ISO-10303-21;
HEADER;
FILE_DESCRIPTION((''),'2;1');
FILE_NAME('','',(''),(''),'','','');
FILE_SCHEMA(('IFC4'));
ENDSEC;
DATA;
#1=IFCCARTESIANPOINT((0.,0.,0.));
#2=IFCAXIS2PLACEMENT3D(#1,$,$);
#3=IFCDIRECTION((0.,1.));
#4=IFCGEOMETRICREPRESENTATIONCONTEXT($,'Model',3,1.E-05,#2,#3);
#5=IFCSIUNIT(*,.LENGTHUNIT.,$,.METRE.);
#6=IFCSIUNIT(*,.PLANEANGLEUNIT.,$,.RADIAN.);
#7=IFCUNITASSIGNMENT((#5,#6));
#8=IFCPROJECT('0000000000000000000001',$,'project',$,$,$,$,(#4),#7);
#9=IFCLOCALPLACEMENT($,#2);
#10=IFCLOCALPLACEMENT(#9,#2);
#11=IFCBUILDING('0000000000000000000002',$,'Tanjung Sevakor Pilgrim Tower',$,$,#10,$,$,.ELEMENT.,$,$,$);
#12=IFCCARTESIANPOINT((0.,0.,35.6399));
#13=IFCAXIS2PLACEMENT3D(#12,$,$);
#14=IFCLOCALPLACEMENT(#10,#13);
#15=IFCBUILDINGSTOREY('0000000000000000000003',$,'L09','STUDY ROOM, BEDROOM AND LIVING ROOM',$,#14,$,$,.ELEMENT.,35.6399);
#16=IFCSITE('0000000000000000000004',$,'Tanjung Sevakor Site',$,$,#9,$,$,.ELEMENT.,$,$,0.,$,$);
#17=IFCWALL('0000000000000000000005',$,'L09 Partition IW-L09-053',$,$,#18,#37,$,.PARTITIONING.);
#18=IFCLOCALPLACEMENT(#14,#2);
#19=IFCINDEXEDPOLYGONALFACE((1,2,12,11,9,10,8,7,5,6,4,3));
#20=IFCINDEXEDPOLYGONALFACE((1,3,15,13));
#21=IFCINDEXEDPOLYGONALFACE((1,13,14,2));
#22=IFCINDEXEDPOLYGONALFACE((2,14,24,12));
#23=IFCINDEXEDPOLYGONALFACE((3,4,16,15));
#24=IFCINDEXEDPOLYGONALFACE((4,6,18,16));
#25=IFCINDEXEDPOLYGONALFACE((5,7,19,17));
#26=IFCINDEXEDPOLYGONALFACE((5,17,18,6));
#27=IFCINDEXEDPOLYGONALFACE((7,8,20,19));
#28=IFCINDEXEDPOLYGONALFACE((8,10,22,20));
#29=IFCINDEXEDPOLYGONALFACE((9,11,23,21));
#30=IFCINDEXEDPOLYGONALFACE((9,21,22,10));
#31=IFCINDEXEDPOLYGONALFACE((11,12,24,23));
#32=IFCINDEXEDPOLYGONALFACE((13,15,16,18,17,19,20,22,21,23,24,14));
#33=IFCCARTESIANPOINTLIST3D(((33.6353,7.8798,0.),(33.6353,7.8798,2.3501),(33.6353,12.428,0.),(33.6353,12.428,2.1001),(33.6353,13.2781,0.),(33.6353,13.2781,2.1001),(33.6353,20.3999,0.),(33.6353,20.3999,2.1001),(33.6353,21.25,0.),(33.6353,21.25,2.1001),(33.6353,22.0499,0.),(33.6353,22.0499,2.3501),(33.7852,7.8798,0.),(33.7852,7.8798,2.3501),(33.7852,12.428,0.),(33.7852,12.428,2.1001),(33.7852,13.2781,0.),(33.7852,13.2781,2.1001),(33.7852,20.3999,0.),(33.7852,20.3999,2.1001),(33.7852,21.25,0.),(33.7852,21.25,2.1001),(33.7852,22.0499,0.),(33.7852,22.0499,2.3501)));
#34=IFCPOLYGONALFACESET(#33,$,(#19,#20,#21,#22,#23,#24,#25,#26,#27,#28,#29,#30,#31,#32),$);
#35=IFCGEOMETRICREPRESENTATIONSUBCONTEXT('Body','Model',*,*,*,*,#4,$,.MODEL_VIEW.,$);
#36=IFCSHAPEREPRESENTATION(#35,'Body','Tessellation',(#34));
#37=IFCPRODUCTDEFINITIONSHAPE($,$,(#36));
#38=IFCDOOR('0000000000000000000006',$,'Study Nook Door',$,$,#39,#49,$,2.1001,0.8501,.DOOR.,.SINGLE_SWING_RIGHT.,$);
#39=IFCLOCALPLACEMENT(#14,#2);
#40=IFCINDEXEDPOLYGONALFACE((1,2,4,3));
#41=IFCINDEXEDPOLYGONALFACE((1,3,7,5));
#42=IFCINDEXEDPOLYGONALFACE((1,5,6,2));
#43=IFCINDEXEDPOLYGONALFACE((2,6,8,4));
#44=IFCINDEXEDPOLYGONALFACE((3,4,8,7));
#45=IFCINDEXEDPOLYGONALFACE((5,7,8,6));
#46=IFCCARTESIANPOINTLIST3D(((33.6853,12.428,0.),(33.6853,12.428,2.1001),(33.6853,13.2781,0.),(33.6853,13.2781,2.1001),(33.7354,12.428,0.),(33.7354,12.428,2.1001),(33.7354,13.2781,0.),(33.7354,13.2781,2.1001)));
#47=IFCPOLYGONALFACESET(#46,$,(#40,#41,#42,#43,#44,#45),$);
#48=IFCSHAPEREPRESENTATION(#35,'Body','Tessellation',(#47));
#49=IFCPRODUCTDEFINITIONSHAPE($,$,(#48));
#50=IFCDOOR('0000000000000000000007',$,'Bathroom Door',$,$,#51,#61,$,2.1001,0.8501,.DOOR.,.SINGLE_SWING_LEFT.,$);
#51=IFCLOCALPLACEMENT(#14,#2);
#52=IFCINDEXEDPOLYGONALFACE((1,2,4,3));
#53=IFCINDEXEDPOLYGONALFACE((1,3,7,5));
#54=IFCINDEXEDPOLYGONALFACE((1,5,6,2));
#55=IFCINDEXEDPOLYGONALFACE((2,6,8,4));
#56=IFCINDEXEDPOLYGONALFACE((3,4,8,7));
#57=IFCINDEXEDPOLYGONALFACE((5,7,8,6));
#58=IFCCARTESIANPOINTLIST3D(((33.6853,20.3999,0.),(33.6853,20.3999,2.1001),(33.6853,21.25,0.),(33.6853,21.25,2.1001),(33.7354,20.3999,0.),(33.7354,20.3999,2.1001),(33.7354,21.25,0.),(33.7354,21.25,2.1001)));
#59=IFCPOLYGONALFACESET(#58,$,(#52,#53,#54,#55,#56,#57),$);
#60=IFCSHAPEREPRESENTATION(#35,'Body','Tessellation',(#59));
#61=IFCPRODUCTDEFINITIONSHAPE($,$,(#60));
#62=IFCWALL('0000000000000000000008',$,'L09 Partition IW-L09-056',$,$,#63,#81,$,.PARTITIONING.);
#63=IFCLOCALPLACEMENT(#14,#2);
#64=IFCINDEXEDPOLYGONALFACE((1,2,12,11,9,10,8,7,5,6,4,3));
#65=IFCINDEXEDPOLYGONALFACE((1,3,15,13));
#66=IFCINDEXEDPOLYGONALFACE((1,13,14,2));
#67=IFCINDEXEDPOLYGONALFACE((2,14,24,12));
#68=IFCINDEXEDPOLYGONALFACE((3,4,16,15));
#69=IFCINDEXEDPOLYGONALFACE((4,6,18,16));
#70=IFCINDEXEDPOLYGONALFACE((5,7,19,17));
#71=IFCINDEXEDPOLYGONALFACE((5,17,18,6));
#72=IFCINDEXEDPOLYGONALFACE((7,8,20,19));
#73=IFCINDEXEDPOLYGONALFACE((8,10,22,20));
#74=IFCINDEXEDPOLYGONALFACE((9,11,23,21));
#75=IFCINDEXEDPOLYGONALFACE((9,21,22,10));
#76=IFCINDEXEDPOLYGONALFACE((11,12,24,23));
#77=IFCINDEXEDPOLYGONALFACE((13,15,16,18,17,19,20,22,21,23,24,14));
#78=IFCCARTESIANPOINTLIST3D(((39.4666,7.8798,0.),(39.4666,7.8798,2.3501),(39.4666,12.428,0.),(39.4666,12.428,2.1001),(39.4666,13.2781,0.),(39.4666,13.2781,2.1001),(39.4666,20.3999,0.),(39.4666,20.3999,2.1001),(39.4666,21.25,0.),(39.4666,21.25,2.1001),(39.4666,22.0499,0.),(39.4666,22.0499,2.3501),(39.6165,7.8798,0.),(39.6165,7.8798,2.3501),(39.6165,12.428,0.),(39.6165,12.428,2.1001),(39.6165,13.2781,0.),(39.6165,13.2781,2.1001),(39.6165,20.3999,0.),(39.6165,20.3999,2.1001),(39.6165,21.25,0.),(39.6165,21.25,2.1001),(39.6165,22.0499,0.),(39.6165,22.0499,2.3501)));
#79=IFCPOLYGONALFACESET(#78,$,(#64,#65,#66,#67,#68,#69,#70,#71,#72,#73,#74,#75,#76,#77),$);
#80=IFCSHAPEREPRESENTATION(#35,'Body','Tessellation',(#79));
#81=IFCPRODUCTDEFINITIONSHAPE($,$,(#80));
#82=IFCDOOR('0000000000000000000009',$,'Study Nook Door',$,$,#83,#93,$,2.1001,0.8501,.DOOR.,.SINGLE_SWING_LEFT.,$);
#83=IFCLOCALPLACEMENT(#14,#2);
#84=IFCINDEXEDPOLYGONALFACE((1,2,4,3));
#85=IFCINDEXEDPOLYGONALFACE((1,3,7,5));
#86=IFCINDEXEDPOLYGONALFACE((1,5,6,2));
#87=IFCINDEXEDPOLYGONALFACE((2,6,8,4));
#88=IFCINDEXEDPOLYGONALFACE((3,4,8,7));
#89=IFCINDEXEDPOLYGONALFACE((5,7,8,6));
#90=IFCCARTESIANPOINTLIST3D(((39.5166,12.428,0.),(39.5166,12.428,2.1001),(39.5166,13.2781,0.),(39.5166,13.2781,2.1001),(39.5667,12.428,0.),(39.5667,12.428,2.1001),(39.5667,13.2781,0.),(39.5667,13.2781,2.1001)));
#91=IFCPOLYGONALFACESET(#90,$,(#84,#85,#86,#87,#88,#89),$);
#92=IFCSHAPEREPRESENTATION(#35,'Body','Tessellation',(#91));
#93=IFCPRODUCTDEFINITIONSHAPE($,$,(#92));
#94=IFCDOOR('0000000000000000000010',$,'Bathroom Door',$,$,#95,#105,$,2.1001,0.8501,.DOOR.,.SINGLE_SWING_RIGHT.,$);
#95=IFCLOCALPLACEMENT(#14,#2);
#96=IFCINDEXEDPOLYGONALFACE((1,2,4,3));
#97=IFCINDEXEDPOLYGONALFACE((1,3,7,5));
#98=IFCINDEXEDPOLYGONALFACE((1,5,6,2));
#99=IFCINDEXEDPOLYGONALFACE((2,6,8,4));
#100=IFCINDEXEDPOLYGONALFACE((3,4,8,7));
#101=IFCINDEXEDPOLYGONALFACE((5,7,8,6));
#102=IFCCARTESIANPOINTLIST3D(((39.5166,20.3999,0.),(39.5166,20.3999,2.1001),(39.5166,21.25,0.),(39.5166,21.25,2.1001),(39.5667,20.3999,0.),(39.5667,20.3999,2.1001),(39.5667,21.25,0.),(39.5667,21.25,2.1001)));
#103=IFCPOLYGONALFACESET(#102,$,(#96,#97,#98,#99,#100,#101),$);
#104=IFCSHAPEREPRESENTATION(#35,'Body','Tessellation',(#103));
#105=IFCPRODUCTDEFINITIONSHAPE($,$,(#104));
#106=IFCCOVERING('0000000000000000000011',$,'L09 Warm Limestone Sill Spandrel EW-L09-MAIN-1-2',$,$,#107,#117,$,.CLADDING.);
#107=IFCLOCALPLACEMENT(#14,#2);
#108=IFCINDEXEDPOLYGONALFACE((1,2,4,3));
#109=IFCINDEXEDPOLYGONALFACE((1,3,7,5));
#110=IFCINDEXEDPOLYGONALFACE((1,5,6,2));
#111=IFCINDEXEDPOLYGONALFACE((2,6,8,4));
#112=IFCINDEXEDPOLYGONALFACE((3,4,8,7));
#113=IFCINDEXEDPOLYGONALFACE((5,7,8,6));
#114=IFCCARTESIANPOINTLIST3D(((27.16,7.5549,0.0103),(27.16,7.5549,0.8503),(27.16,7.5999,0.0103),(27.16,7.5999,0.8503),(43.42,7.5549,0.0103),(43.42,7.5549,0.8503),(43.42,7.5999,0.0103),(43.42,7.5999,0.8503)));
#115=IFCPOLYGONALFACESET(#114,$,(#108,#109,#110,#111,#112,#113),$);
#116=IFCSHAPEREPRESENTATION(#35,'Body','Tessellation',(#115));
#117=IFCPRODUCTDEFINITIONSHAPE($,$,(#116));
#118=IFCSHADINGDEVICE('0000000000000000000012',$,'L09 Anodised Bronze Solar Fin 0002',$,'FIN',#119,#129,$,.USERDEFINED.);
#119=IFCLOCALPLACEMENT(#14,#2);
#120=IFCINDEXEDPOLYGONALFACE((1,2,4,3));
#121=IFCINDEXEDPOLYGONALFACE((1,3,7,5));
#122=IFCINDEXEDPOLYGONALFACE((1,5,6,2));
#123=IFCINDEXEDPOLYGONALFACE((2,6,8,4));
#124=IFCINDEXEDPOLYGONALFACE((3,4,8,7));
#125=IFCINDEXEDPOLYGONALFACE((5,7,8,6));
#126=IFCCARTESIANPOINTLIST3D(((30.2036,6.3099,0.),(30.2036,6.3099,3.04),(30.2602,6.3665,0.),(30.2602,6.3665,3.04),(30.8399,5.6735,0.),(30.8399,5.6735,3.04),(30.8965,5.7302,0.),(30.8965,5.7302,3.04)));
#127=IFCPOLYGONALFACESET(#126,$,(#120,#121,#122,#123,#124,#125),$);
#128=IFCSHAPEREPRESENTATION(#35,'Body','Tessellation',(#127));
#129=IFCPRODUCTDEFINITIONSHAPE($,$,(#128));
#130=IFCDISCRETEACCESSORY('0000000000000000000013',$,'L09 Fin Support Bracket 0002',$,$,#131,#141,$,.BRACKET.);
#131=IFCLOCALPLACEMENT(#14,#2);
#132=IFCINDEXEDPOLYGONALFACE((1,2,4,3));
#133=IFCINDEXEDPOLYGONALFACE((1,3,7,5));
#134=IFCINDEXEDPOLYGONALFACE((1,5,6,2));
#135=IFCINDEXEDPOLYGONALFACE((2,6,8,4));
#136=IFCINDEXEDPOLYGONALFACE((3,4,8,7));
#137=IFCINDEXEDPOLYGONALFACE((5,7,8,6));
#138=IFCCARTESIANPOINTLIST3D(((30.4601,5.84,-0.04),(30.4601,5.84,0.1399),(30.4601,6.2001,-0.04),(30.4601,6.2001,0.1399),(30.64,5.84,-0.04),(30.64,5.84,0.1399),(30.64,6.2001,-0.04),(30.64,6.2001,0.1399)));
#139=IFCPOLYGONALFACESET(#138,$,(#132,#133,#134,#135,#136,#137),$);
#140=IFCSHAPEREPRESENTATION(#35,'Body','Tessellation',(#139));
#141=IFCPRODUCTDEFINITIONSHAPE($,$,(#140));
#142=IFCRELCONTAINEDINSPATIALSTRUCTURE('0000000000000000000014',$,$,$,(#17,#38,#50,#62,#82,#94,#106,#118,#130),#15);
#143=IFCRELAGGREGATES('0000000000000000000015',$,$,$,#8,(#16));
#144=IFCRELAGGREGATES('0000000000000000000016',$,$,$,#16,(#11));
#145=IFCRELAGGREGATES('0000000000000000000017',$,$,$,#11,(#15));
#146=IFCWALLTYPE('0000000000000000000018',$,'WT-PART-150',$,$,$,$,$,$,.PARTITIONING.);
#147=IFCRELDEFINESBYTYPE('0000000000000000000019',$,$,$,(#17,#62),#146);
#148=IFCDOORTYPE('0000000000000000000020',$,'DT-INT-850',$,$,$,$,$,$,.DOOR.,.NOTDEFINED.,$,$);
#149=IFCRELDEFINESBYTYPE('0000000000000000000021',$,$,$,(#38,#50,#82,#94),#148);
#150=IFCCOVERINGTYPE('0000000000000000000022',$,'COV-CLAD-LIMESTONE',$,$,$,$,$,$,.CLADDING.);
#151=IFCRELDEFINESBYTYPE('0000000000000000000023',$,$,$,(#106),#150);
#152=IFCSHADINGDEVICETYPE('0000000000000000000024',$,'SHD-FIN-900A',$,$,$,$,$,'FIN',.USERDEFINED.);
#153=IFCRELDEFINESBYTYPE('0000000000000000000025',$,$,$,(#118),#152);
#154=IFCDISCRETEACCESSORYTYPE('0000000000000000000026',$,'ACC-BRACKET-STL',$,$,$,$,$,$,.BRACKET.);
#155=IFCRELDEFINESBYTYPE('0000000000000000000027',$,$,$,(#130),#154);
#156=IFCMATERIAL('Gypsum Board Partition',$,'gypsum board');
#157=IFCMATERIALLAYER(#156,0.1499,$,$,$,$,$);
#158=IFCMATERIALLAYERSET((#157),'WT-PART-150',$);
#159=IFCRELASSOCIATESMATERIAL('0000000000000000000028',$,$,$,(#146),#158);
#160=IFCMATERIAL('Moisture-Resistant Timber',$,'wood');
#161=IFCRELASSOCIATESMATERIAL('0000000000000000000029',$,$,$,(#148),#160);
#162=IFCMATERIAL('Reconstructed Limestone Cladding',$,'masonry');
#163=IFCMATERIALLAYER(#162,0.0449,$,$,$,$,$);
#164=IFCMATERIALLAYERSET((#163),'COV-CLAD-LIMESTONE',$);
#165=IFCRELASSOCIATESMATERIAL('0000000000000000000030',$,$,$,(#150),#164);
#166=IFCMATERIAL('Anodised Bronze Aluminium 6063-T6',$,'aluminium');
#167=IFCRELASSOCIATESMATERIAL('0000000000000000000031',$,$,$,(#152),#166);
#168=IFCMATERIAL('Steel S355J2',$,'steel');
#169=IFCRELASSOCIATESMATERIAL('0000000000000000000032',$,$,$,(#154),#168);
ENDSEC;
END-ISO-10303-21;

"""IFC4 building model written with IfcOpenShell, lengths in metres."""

from ifc_helpers import new_model, si_unit, direction, frame, frame_2d, origin, origin_2d, place, context, subcontext, project, spatial, rectangle, extrude, material, layer, layer_set, type_object, element, fill, save


model = new_model("IFC4")

# Units and contexts
model_context = context("Model", 3, precision=1e-05, world=origin(), true_north=direction((0.0, 1.0)))
body_context = subcontext(model_context, "Body", "Model", "MODEL_VIEW")
ifc_project = project(units=[si_unit("LENGTHUNIT", "METRE"), si_unit("PLANEANGLEUNIT", "RADIAN")], contexts=[model_context])

# Site, building, storey
site_placement = place(None, origin())
site = spatial("IfcSite", under=ifc_project, at=site_placement, Name="Tanjung Sevakor Site", CompositionType="ELEMENT", RefElevation=0.0)
building_placement = place(site_placement, origin())
building = spatial("IfcBuilding", under=site, at=building_placement, Name="Tanjung Sevakor Pilgrim Tower", CompositionType="ELEMENT")
storey_placement = place(building_placement, frame((0.0, 0.0, 35.6399)))
storey = spatial("IfcBuildingStorey", under=building, at=storey_placement, Name="L09", Description="STUDY ROOM, BEDROOM AND LIVING ROOM", CompositionType="ELEMENT", Elevation=35.6399)

# Shared definitions
ifc_material_1 = material(Name="Gypsum Board Partition", Category="gypsum board")
ifc_layer_1 = layer(ifc_material_1, 0.1499)
ifc_layer_set_1 = layer_set([ifc_layer_1], Name="WT-PART-150")
wall_type_1 = type_object("IfcWallType", Name="WT-PART-150", PredefinedType="PARTITIONING", material=ifc_layer_set_1)

# Walls, openings, doors
wall_1_placement = place(storey_placement, frame((33.7102, 7.8799, 0.0), z_axis=(0.0, 0.0, 1.0), x_axis=(0.0, 1.0, 0.0)))
wall_1 = element("IfcWall", 1, at=wall_1_placement, inside=storey, type_object=wall_type_1, Name="L09 Partition IW-L09-053", PredefinedType="PARTITIONING", context=body_context, shape_type="SweptSolid", body=[
    extrude(rectangle(XDim=14.1702, YDim=0.1499, at=frame_2d((7.085, 0.0))), origin(), (0.0, 0.0, 1.0), 2.3501),
])
opening_1_placement = place(wall_1_placement, frame((4.5481, 0.0, 0.0)))
opening_1 = element("IfcOpeningElement", 2, at=opening_1_placement, cuts=wall_1, PredefinedType="OPENING", context=body_context, shape_type="SweptSolid", body=[
    extrude(rectangle(XDim=0.8501, YDim=2.1001, at=frame_2d((0.425, 1.05))), frame((0.0, 0.085, 0.0), z_axis=(0.0, -1.0, 0.0), x_axis=(1.0, 0.0, 0.0)), (0.0, 0.0, 1.0), 0.1699),
])
opening_2_placement = place(wall_1_placement, frame((12.52, 0.0, 0.0)))
opening_2 = element("IfcOpeningElement", 3, at=opening_2_placement, cuts=wall_1, PredefinedType="OPENING", context=body_context, shape_type="SweptSolid", body=[
    extrude(rectangle(XDim=0.8501, YDim=2.1001, at=frame_2d((0.425, 1.05))), frame((0.0, 0.085, 0.0), z_axis=(0.0, -1.0, 0.0), x_axis=(1.0, 0.0, 0.0)), (0.0, 0.0, 1.0), 0.1699),
])
ifc_material_2 = material(Name="Moisture-Resistant Timber", Category="wood")
door_type = type_object("IfcDoorType", Name="DT-INT-850", OperationType="NOTDEFINED", PredefinedType="DOOR", material=ifc_material_2)
door_1_placement = place(opening_1_placement, origin())
door_1 = element("IfcDoor", 4, at=door_1_placement, inside=storey, type_object=door_type, Name="Study Nook Door", OperationType="SINGLE_SWING_RIGHT", OverallHeight=2.1001, OverallWidth=0.8501, PredefinedType="DOOR", context=body_context, shape_type="SweptSolid", body=[
    extrude(rectangle(XDim=0.8501, YDim=2.1001, at=frame_2d((0.425, 1.05))), frame((0.0, 0.0249, 0.0), z_axis=(0.0, -1.0, 0.0), x_axis=(1.0, 0.0, 0.0)), (0.0, 0.0, 1.0), 0.05),
])
fill(opening_1, door_1)
door_2_placement = place(opening_2_placement, origin())
door_2 = element("IfcDoor", 5, at=door_2_placement, inside=storey, type_object=door_type, Name="Bathroom Door", OperationType="SINGLE_SWING_LEFT", OverallHeight=2.1001, OverallWidth=0.8501, PredefinedType="DOOR", context=body_context, shape_type="SweptSolid", body=[
    extrude(rectangle(XDim=0.8501, YDim=2.1001, at=frame_2d((0.425, 1.05))), frame((0.0, 0.0249, 0.0), z_axis=(0.0, -1.0, 0.0), x_axis=(1.0, 0.0, 0.0)), (0.0, 0.0, 1.0), 0.05),
])
fill(opening_2, door_2)
wall_2_placement = place(storey_placement, frame((39.5415, 7.8799, 0.0), z_axis=(0.0, 0.0, 1.0), x_axis=(0.0, 1.0, 0.0)))
wall_2 = element("IfcWall", 6, at=wall_2_placement, inside=storey, type_object=wall_type_1, Name="L09 Partition IW-L09-056", PredefinedType="PARTITIONING", context=body_context, shape_type="SweptSolid", body=[
    extrude(rectangle(XDim=14.1702, YDim=0.1499, at=frame_2d((7.085, 0.0))), origin(), (0.0, 0.0, 1.0), 2.3501),
])
opening_3_placement = place(wall_2_placement, frame((4.5481, 0.0, 0.0)))
opening_3 = element("IfcOpeningElement", 7, at=opening_3_placement, cuts=wall_2, PredefinedType="OPENING", context=body_context, shape_type="SweptSolid", body=[
    extrude(rectangle(XDim=0.8501, YDim=2.1001, at=frame_2d((0.425, 1.05))), frame((0.0, 0.085, 0.0), z_axis=(0.0, -1.0, 0.0), x_axis=(1.0, 0.0, 0.0)), (0.0, 0.0, 1.0), 0.1699),
])
opening_4_placement = place(wall_2_placement, frame((12.52, 0.0, 0.0)))
opening_4 = element("IfcOpeningElement", 8, at=opening_4_placement, cuts=wall_2, PredefinedType="OPENING", context=body_context, shape_type="SweptSolid", body=[
    extrude(rectangle(XDim=0.8501, YDim=2.1001, at=frame_2d((0.425, 1.05))), frame((0.0, 0.085, 0.0), z_axis=(0.0, -1.0, 0.0), x_axis=(1.0, 0.0, 0.0)), (0.0, 0.0, 1.0), 0.1699),
])
door_3_placement = place(opening_3_placement, origin())
door_3 = element("IfcDoor", 9, at=door_3_placement, inside=storey, type_object=door_type, Name="Study Nook Door", OperationType="SINGLE_SWING_LEFT", OverallHeight=2.1001, OverallWidth=0.8501, PredefinedType="DOOR", context=body_context, shape_type="SweptSolid", body=[
    extrude(rectangle(XDim=0.8501, YDim=2.1001, at=frame_2d((0.425, 1.05))), frame((0.0, 0.0249, 0.0), z_axis=(0.0, -1.0, 0.0), x_axis=(1.0, 0.0, 0.0)), (0.0, 0.0, 1.0), 0.05),
])
fill(opening_3, door_3)
door_4_placement = place(opening_4_placement, origin())
door_4 = element("IfcDoor", 10, at=door_4_placement, inside=storey, type_object=door_type, Name="Bathroom Door", OperationType="SINGLE_SWING_RIGHT", OverallHeight=2.1001, OverallWidth=0.8501, PredefinedType="DOOR", context=body_context, shape_type="SweptSolid", body=[
    extrude(rectangle(XDim=0.8501, YDim=2.1001, at=frame_2d((0.425, 1.05))), frame((0.0, 0.0249, 0.0), z_axis=(0.0, -1.0, 0.0), x_axis=(1.0, 0.0, 0.0)), (0.0, 0.0, 1.0), 0.05),
])
fill(opening_4, door_4)

# Covering
ifc_material_3 = material(Name="Reconstructed Limestone Cladding", Category="masonry")
ifc_layer_2 = layer(ifc_material_3, 0.0449)
ifc_layer_set_2 = layer_set([ifc_layer_2], Name="COV-CLAD-LIMESTONE")
covering_type = type_object("IfcCoveringType", Name="COV-CLAD-LIMESTONE", PredefinedType="CLADDING", material=ifc_layer_set_2)
covering_placement = place(storey_placement, frame((35.29, 7.5774, 0.0103), z_axis=(0.0, 0.0, 1.0), x_axis=(1.0, 0.0, 0.0)))
element("IfcCovering", 11, at=covering_placement, inside=storey, type_object=covering_type, Name="L09 Warm Limestone Sill Spandrel EW-L09-MAIN-1-2", PredefinedType="CLADDING", context=body_context, shape_type="SweptSolid", body=[
    extrude(rectangle(XDim=16.26, YDim=0.0449, at=origin_2d()), origin(), (0.0, 0.0, 1.0), 0.8401),
])

# Shading device
ifc_material_4 = material(Name="Anodised Bronze Aluminium 6063-T6", Category="aluminium")
shading_device_type = type_object("IfcShadingDeviceType", Name="SHD-FIN-900A", ElementType="FIN", PredefinedType="USERDEFINED", material=ifc_material_4)
shading_device_placement = place(storey_placement, frame((30.55, 6.02, 0.0), z_axis=(0.0, 0.0, 1.0), x_axis=(0.707107, 0.707107, 0.0)))
element("IfcShadingDevice", 12, at=shading_device_placement, inside=storey, type_object=shading_device_type, Name="L09 Anodised Bronze Solar Fin 0002", ObjectType="FIN", PredefinedType="USERDEFINED", context=body_context, shape_type="SweptSolid", body=[
    extrude(rectangle(XDim=0.0801, YDim=0.8999, at=origin_2d()), origin(), (0.0, 0.0, 1.0), 3.04),
])

# Discrete accessory
ifc_material_5 = material(Name="Steel S355J2", Category="steel")
discrete_accessory_type = type_object("IfcDiscreteAccessoryType", Name="ACC-BRACKET-STL", PredefinedType="BRACKET", material=ifc_material_5)
discrete_accessory_placement = place(storey_placement, frame((30.55, 6.02, -0.04), z_axis=(0.0, 0.0, 1.0), x_axis=(1.0, 0.0, 0.0)))
element("IfcDiscreteAccessory", 13, at=discrete_accessory_placement, inside=storey, type_object=discrete_accessory_type, Name="L09 Fin Support Bracket 0002", PredefinedType="BRACKET", context=body_context, shape_type="SweptSolid", body=[
    extrude(rectangle(XDim=0.1799, YDim=0.3601, at=origin_2d()), origin(), (0.0, 0.0, 1.0), 0.1799),
])

save(model, "model.ifc")
